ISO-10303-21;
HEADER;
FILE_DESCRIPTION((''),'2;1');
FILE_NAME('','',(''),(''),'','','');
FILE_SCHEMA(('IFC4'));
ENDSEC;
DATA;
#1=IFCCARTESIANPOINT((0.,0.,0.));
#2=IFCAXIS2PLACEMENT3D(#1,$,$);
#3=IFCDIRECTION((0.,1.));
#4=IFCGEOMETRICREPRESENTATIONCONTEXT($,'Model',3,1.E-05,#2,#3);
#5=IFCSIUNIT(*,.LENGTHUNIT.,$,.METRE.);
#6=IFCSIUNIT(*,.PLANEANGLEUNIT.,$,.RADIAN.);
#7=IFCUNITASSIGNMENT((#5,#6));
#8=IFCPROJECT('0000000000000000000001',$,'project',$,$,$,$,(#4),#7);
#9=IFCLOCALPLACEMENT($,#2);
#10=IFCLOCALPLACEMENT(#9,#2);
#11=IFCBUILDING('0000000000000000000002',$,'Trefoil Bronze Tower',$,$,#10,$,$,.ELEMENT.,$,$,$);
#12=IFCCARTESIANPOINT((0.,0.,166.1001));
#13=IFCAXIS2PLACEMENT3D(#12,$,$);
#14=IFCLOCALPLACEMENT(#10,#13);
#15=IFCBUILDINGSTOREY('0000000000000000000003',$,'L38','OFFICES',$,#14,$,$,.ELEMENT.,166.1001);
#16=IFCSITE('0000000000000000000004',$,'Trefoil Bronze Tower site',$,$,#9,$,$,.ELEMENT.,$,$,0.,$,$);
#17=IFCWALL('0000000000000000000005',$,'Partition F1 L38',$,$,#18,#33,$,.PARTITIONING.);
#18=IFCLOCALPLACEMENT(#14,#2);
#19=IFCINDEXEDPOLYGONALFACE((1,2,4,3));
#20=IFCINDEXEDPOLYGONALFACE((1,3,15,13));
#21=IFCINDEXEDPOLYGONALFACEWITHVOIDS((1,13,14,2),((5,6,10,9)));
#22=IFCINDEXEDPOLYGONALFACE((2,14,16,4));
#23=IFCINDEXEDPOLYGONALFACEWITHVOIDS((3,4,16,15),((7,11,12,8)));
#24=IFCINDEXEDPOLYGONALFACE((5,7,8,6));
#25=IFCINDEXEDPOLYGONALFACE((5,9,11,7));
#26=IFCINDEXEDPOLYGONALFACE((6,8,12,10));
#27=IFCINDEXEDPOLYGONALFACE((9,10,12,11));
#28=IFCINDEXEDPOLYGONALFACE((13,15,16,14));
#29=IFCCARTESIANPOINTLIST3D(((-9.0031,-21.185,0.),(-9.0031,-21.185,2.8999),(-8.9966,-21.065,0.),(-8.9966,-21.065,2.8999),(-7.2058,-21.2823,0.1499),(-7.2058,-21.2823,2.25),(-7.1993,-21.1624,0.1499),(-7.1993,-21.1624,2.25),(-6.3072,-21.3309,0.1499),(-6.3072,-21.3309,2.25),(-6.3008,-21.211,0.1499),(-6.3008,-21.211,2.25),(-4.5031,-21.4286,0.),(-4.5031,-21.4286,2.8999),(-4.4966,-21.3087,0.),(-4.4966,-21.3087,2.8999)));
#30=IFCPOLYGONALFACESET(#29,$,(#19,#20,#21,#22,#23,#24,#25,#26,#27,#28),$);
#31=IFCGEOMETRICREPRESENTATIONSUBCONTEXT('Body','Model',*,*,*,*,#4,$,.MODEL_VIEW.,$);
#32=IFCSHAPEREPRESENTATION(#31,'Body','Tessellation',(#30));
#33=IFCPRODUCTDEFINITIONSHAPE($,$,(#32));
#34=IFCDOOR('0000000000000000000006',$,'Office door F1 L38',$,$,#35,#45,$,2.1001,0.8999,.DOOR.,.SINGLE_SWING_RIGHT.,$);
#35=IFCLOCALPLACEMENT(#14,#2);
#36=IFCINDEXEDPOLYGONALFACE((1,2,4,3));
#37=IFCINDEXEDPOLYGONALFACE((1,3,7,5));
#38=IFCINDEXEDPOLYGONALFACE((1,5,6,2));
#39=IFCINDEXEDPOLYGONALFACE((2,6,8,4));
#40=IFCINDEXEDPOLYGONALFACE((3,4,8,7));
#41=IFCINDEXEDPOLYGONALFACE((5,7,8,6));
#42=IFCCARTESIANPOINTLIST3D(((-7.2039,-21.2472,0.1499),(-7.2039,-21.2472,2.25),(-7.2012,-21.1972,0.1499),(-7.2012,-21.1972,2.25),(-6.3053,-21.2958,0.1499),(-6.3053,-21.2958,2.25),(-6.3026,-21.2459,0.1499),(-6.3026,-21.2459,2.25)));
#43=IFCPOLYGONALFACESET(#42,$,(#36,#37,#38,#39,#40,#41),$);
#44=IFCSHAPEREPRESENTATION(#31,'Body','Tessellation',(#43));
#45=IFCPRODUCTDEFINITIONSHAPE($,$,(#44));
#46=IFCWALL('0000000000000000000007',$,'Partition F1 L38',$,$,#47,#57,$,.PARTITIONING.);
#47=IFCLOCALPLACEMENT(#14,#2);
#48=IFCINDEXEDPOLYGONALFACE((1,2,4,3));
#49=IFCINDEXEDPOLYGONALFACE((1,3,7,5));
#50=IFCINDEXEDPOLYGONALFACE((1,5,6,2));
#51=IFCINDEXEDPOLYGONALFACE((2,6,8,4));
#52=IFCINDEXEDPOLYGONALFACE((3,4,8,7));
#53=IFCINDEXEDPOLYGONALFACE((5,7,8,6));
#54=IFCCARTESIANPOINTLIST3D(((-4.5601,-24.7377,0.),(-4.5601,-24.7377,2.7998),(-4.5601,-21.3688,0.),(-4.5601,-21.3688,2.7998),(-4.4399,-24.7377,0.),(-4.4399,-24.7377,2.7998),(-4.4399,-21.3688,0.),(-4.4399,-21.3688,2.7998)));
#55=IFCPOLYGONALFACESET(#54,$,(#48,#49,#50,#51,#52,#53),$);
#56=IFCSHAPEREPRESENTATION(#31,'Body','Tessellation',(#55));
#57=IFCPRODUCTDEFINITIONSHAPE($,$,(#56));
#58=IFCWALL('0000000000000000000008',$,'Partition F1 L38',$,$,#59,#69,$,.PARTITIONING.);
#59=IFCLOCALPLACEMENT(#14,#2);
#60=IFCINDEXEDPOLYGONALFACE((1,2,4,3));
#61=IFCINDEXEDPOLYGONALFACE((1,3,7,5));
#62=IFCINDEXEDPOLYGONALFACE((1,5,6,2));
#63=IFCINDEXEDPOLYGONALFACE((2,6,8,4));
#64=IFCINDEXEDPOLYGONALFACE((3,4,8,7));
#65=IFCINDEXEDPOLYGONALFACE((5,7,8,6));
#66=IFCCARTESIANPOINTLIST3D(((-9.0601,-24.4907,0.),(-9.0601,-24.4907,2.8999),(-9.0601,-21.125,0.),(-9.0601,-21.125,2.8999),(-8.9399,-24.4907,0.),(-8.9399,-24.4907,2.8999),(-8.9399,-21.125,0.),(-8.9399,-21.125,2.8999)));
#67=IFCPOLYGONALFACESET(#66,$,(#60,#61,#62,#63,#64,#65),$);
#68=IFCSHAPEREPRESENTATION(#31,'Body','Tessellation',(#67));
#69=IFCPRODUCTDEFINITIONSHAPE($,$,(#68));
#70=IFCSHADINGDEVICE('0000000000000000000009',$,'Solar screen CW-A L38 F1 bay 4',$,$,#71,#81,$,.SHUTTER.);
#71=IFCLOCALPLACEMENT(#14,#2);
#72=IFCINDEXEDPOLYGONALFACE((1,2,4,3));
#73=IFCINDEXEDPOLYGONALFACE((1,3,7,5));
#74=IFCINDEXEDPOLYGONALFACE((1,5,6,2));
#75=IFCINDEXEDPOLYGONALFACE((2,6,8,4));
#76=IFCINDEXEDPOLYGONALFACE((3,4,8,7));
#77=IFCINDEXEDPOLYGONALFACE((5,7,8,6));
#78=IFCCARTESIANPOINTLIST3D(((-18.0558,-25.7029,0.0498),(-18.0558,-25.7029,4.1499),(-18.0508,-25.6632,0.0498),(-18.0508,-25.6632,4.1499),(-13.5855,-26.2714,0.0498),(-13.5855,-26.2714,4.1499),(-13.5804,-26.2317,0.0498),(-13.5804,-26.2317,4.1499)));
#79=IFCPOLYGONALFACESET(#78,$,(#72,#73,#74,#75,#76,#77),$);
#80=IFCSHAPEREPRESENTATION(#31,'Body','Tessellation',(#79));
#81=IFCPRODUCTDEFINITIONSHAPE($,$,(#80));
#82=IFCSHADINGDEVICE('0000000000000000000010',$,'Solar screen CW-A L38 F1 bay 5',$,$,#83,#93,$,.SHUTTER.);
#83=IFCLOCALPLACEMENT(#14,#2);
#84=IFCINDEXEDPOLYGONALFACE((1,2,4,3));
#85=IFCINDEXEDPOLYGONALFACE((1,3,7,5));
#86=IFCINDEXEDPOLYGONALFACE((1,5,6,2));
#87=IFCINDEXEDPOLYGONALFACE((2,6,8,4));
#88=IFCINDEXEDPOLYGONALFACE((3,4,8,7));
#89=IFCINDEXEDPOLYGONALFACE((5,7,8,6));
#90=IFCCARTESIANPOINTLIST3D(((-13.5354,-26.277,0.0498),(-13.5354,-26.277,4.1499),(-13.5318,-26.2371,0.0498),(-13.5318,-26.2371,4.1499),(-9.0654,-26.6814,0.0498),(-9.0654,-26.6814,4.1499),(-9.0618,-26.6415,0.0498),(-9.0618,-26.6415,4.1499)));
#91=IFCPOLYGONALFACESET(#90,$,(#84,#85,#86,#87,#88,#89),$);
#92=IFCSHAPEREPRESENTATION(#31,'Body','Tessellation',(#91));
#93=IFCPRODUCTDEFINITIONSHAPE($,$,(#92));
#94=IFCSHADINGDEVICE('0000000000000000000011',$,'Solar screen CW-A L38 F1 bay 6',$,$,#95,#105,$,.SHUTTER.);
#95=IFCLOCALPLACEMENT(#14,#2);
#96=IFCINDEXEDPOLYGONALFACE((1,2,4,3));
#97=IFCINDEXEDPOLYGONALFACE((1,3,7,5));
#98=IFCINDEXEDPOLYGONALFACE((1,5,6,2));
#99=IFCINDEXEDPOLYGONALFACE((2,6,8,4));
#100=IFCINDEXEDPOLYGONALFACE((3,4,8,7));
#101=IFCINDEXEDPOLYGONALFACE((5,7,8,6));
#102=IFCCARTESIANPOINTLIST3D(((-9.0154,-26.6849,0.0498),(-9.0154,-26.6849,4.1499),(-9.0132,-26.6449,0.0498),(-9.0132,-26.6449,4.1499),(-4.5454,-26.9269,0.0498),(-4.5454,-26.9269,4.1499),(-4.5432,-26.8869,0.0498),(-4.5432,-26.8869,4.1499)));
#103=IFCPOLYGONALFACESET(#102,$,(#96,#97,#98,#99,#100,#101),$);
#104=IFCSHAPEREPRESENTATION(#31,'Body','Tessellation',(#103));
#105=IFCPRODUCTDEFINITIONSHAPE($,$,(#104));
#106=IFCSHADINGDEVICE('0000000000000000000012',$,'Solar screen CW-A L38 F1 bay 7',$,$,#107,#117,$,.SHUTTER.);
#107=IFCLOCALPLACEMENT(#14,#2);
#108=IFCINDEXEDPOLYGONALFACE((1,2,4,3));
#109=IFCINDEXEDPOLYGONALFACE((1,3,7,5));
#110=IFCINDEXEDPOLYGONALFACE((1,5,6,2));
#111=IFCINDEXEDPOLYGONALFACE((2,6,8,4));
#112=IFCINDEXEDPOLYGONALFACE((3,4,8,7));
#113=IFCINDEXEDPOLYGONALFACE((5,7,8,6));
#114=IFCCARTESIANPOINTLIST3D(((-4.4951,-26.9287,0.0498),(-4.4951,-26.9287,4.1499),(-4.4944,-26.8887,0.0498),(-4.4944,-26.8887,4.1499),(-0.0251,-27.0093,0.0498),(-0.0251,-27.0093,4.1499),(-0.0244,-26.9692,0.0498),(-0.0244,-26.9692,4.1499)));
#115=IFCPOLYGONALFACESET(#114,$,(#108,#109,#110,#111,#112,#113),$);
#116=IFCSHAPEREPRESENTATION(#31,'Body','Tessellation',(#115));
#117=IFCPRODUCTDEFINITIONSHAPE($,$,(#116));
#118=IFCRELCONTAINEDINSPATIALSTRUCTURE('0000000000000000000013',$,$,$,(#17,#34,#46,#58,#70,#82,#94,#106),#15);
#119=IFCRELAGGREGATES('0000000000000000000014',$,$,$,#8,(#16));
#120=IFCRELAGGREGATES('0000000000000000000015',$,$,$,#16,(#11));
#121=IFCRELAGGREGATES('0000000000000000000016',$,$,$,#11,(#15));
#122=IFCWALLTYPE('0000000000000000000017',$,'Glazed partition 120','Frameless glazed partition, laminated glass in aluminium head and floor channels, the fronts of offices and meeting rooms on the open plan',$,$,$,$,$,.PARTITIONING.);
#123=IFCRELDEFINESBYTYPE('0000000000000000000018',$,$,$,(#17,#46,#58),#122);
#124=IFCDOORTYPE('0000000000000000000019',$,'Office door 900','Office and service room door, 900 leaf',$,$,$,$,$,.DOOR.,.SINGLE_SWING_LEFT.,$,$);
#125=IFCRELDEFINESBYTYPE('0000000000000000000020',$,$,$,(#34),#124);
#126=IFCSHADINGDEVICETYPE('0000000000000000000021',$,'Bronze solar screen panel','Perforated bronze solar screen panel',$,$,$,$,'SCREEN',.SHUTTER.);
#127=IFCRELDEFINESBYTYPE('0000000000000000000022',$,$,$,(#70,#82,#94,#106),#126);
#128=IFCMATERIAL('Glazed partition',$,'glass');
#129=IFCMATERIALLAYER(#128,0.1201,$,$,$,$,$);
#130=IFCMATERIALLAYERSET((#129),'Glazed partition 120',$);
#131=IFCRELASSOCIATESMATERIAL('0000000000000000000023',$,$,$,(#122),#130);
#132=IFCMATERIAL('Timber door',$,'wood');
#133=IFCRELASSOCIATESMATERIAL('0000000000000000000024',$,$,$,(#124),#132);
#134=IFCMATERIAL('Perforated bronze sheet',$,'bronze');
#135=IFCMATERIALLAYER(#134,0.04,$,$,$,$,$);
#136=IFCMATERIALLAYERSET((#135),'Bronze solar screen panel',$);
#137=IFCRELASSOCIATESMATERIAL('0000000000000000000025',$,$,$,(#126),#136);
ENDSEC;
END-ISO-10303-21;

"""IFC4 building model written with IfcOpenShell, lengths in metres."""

from ifc_helpers import new_model, si_unit, direction, frame, frame_2d, origin, origin_2d, place, context, subcontext, project, spatial, rectangle, extrude, material, layer, layer_set, type_object, element, fill, save


model = new_model("IFC4")

# Units and contexts
model_context = context("Model", 3, precision=1e-05, world=origin(), true_north=direction((0.0, 1.0)))
body_context = subcontext(model_context, "Body", "Model", "MODEL_VIEW")
ifc_project = project(units=[si_unit("LENGTHUNIT", "METRE"), si_unit("PLANEANGLEUNIT", "RADIAN")], contexts=[model_context])

# Site, building, storey
site_placement = place(None, origin())
site = spatial("IfcSite", under=ifc_project, at=site_placement, Name="Trefoil Bronze Tower site", CompositionType="ELEMENT", RefElevation=0.0)
building_placement = place(site_placement, origin())
building = spatial("IfcBuilding", under=site, at=building_placement, Name="Trefoil Bronze Tower", CompositionType="ELEMENT")
storey_placement = place(building_placement, frame((0.0, 0.0, 166.1001)))
storey = spatial("IfcBuildingStorey", under=building, at=storey_placement, Name="L38", Description="OFFICES", CompositionType="ELEMENT", Elevation=166.1001)

# Wall, opening, door
ifc_material_1 = material(Name="Glazed partition", Category="glass")
ifc_layer_1 = layer(ifc_material_1, 0.1201)
ifc_layer_set_1 = layer_set([ifc_layer_1], Name="Glazed partition 120")
wall_type = type_object("IfcWallType", Name="Glazed partition 120", Description="Frameless glazed partition, laminated glass in aluminium head and floor channels, the fronts of offices and meeting rooms on the open plan", PredefinedType="PARTITIONING", material=ifc_layer_set_1)
ifc_material_2 = material(Name="Timber door", Category="wood")
door_type_1 = type_object("IfcDoorType", Name="Office door 900", Description="Office and service room door, 900 leaf", OperationType="SINGLE_SWING_LEFT", PredefinedType="DOOR", material=ifc_material_2)
wall_1_placement = place(storey_placement, frame((-9.0, -21.125, 0.0), z_axis=(0.0, 0.0, 1.0), x_axis=(0.998537, -0.054066, 0.0)))
wall_1 = element("IfcWall", 1, at=wall_1_placement, inside=storey, type_object=wall_type, Name="Partition F1 L38", PredefinedType="PARTITIONING", context=body_context, shape_type="SweptSolid", body=[
    extrude(rectangle(XDim=4.5066, YDim=0.1201, at=frame_2d((2.2534, 0.0))), origin(), (0.0, 0.0, 1.0), 2.8999),
])
opening_1_placement = place(wall_1_placement, frame((1.8, 0.0, 0.1499)))
opening_1 = element("IfcOpeningElement", 2, at=opening_1_placement, cuts=wall_1, PredefinedType="OPENING", context=body_context, shape_type="SweptSolid", body=[
    extrude(rectangle(XDim=0.8999, YDim=2.1001, at=frame_2d((0.45, 1.05))), frame((0.0, 0.0701, 0.0), z_axis=(0.0, -1.0, 0.0), x_axis=(1.0, 0.0, 0.0)), (0.0, 0.0, 1.0), 0.1401),
])
door_1_placement = place(opening_1_placement, frame((0.8999, 0.0, 0.0), z_axis=(0.0, 0.0, 1.0), x_axis=(-1.0, 0.0, 0.0)))
door_1 = element("IfcDoor", 3, at=door_1_placement, inside=storey, type_object=door_type_1, Name="Office door F1 L38", OperationType="SINGLE_SWING_RIGHT", OverallHeight=2.1001, OverallWidth=0.8999, PredefinedType="DOOR", context=body_context, shape_type="SweptSolid", body=[
    extrude(rectangle(XDim=0.8999, YDim=2.1001, at=frame_2d((0.45, 1.05))), frame((0.0, 0.0249, 0.0), z_axis=(0.0, -1.0, 0.0), x_axis=(1.0, 0.0, 0.0)), (0.0, 0.0, 1.0), 0.05),
])
fill(opening_1, door_1)

# Walls
wall_2_placement = place(storey_placement, frame((-4.5, -21.3687, 0.0), z_axis=(0.0, 0.0, 1.0), x_axis=(0.0, -1.0, 0.0)))
element("IfcWall", 4, at=wall_2_placement, inside=storey, type_object=wall_type, Name="Partition F1 L38", PredefinedType="PARTITIONING", context=body_context, shape_type="SweptSolid", body=[
    extrude(rectangle(XDim=3.3689, YDim=0.1201, at=frame_2d((1.6846, 0.0))), origin(), (0.0, 0.0, 1.0), 2.7998),
])
wall_3_placement = place(storey_placement, frame((-9.0, -21.125, 0.0), z_axis=(0.0, 0.0, 1.0), x_axis=(0.0, -1.0, 0.0)))
element("IfcWall", 5, at=wall_3_placement, inside=storey, type_object=wall_type, Name="Partition F1 L38", PredefinedType="PARTITIONING", context=body_context, shape_type="SweptSolid", body=[
    extrude(rectangle(XDim=3.3657, YDim=0.1201, at=frame_2d((1.6829, 0.0))), origin(), (0.0, 0.0, 1.0), 2.8999),
])

# Shading devices
ifc_material_3 = material(Name="Perforated bronze sheet", Category="bronze")
ifc_layer_2 = layer(ifc_material_3, 0.04)
ifc_layer_set_2 = layer_set([ifc_layer_2], Name="Bronze solar screen panel")
shading_device_type = type_object("IfcShadingDeviceType", Name="Bronze solar screen panel", Description="Perforated bronze solar screen panel", ElementType="SCREEN", PredefinedType="SHUTTER", material=ifc_layer_set_2)
shading_device_1_placement = place(storey_placement, frame((-15.8181, -25.9673, 0.0498), z_axis=(0.0, 0.0, 1.0), x_axis=(0.992012, -0.126147, 0.0)))
element("IfcShadingDevice", 6, at=shading_device_1_placement, inside=storey, type_object=shading_device_type, Name="Solar screen CW-A L38 F1 bay 4", PredefinedType="SHUTTER", context=body_context, shape_type="SweptSolid", body=[
    extrude(rectangle(XDim=4.5063, YDim=0.04, at=origin_2d()), origin(), (0.0, 0.0, 1.0), 4.1001),
])
shading_device_2_placement = place(storey_placement, frame((-11.2986, -26.4592, 0.0498), z_axis=(0.0, 0.0, 1.0), x_axis=(0.995932, -0.090105, 0.0)))
element("IfcShadingDevice", 7, at=shading_device_2_placement, inside=storey, type_object=shading_device_type, Name="Solar screen CW-A L38 F1 bay 5", PredefinedType="SHUTTER", context=body_context, shape_type="SweptSolid", body=[
    extrude(rectangle(XDim=4.4883, YDim=0.04, at=origin_2d()), origin(), (0.0, 0.0, 1.0), 4.1001),
])
shading_device_3_placement = place(storey_placement, frame((-6.7793, -26.7859, 0.0498), z_axis=(0.0, 0.0, 1.0), x_axis=(0.998538, -0.054063, 0.0)))
element("IfcShadingDevice", 8, at=shading_device_3_placement, inside=storey, type_object=shading_device_type, Name="Solar screen CW-A L38 F1 bay 6", PredefinedType="SHUTTER", context=body_context, shape_type="SweptSolid", body=[
    extrude(rectangle(XDim=4.4766, YDim=0.04, at=origin_2d()), origin(), (0.0, 0.0, 1.0), 4.1001),
])
shading_device_4_placement = place(storey_placement, frame((-2.2598, -26.949, 0.0498), z_axis=(0.0, 0.0, 1.0), x_axis=(0.999838, -0.018021, 0.0)))
element("IfcShadingDevice", 9, at=shading_device_4_placement, inside=storey, type_object=shading_device_type, Name="Solar screen CW-A L38 F1 bay 7", PredefinedType="SHUTTER", context=body_context, shape_type="SweptSolid", body=[
    extrude(rectangle(XDim=4.4707, YDim=0.04, at=origin_2d()), origin(), (0.0, 0.0, 1.0), 4.1001),
])

save(model, "model.ifc")
